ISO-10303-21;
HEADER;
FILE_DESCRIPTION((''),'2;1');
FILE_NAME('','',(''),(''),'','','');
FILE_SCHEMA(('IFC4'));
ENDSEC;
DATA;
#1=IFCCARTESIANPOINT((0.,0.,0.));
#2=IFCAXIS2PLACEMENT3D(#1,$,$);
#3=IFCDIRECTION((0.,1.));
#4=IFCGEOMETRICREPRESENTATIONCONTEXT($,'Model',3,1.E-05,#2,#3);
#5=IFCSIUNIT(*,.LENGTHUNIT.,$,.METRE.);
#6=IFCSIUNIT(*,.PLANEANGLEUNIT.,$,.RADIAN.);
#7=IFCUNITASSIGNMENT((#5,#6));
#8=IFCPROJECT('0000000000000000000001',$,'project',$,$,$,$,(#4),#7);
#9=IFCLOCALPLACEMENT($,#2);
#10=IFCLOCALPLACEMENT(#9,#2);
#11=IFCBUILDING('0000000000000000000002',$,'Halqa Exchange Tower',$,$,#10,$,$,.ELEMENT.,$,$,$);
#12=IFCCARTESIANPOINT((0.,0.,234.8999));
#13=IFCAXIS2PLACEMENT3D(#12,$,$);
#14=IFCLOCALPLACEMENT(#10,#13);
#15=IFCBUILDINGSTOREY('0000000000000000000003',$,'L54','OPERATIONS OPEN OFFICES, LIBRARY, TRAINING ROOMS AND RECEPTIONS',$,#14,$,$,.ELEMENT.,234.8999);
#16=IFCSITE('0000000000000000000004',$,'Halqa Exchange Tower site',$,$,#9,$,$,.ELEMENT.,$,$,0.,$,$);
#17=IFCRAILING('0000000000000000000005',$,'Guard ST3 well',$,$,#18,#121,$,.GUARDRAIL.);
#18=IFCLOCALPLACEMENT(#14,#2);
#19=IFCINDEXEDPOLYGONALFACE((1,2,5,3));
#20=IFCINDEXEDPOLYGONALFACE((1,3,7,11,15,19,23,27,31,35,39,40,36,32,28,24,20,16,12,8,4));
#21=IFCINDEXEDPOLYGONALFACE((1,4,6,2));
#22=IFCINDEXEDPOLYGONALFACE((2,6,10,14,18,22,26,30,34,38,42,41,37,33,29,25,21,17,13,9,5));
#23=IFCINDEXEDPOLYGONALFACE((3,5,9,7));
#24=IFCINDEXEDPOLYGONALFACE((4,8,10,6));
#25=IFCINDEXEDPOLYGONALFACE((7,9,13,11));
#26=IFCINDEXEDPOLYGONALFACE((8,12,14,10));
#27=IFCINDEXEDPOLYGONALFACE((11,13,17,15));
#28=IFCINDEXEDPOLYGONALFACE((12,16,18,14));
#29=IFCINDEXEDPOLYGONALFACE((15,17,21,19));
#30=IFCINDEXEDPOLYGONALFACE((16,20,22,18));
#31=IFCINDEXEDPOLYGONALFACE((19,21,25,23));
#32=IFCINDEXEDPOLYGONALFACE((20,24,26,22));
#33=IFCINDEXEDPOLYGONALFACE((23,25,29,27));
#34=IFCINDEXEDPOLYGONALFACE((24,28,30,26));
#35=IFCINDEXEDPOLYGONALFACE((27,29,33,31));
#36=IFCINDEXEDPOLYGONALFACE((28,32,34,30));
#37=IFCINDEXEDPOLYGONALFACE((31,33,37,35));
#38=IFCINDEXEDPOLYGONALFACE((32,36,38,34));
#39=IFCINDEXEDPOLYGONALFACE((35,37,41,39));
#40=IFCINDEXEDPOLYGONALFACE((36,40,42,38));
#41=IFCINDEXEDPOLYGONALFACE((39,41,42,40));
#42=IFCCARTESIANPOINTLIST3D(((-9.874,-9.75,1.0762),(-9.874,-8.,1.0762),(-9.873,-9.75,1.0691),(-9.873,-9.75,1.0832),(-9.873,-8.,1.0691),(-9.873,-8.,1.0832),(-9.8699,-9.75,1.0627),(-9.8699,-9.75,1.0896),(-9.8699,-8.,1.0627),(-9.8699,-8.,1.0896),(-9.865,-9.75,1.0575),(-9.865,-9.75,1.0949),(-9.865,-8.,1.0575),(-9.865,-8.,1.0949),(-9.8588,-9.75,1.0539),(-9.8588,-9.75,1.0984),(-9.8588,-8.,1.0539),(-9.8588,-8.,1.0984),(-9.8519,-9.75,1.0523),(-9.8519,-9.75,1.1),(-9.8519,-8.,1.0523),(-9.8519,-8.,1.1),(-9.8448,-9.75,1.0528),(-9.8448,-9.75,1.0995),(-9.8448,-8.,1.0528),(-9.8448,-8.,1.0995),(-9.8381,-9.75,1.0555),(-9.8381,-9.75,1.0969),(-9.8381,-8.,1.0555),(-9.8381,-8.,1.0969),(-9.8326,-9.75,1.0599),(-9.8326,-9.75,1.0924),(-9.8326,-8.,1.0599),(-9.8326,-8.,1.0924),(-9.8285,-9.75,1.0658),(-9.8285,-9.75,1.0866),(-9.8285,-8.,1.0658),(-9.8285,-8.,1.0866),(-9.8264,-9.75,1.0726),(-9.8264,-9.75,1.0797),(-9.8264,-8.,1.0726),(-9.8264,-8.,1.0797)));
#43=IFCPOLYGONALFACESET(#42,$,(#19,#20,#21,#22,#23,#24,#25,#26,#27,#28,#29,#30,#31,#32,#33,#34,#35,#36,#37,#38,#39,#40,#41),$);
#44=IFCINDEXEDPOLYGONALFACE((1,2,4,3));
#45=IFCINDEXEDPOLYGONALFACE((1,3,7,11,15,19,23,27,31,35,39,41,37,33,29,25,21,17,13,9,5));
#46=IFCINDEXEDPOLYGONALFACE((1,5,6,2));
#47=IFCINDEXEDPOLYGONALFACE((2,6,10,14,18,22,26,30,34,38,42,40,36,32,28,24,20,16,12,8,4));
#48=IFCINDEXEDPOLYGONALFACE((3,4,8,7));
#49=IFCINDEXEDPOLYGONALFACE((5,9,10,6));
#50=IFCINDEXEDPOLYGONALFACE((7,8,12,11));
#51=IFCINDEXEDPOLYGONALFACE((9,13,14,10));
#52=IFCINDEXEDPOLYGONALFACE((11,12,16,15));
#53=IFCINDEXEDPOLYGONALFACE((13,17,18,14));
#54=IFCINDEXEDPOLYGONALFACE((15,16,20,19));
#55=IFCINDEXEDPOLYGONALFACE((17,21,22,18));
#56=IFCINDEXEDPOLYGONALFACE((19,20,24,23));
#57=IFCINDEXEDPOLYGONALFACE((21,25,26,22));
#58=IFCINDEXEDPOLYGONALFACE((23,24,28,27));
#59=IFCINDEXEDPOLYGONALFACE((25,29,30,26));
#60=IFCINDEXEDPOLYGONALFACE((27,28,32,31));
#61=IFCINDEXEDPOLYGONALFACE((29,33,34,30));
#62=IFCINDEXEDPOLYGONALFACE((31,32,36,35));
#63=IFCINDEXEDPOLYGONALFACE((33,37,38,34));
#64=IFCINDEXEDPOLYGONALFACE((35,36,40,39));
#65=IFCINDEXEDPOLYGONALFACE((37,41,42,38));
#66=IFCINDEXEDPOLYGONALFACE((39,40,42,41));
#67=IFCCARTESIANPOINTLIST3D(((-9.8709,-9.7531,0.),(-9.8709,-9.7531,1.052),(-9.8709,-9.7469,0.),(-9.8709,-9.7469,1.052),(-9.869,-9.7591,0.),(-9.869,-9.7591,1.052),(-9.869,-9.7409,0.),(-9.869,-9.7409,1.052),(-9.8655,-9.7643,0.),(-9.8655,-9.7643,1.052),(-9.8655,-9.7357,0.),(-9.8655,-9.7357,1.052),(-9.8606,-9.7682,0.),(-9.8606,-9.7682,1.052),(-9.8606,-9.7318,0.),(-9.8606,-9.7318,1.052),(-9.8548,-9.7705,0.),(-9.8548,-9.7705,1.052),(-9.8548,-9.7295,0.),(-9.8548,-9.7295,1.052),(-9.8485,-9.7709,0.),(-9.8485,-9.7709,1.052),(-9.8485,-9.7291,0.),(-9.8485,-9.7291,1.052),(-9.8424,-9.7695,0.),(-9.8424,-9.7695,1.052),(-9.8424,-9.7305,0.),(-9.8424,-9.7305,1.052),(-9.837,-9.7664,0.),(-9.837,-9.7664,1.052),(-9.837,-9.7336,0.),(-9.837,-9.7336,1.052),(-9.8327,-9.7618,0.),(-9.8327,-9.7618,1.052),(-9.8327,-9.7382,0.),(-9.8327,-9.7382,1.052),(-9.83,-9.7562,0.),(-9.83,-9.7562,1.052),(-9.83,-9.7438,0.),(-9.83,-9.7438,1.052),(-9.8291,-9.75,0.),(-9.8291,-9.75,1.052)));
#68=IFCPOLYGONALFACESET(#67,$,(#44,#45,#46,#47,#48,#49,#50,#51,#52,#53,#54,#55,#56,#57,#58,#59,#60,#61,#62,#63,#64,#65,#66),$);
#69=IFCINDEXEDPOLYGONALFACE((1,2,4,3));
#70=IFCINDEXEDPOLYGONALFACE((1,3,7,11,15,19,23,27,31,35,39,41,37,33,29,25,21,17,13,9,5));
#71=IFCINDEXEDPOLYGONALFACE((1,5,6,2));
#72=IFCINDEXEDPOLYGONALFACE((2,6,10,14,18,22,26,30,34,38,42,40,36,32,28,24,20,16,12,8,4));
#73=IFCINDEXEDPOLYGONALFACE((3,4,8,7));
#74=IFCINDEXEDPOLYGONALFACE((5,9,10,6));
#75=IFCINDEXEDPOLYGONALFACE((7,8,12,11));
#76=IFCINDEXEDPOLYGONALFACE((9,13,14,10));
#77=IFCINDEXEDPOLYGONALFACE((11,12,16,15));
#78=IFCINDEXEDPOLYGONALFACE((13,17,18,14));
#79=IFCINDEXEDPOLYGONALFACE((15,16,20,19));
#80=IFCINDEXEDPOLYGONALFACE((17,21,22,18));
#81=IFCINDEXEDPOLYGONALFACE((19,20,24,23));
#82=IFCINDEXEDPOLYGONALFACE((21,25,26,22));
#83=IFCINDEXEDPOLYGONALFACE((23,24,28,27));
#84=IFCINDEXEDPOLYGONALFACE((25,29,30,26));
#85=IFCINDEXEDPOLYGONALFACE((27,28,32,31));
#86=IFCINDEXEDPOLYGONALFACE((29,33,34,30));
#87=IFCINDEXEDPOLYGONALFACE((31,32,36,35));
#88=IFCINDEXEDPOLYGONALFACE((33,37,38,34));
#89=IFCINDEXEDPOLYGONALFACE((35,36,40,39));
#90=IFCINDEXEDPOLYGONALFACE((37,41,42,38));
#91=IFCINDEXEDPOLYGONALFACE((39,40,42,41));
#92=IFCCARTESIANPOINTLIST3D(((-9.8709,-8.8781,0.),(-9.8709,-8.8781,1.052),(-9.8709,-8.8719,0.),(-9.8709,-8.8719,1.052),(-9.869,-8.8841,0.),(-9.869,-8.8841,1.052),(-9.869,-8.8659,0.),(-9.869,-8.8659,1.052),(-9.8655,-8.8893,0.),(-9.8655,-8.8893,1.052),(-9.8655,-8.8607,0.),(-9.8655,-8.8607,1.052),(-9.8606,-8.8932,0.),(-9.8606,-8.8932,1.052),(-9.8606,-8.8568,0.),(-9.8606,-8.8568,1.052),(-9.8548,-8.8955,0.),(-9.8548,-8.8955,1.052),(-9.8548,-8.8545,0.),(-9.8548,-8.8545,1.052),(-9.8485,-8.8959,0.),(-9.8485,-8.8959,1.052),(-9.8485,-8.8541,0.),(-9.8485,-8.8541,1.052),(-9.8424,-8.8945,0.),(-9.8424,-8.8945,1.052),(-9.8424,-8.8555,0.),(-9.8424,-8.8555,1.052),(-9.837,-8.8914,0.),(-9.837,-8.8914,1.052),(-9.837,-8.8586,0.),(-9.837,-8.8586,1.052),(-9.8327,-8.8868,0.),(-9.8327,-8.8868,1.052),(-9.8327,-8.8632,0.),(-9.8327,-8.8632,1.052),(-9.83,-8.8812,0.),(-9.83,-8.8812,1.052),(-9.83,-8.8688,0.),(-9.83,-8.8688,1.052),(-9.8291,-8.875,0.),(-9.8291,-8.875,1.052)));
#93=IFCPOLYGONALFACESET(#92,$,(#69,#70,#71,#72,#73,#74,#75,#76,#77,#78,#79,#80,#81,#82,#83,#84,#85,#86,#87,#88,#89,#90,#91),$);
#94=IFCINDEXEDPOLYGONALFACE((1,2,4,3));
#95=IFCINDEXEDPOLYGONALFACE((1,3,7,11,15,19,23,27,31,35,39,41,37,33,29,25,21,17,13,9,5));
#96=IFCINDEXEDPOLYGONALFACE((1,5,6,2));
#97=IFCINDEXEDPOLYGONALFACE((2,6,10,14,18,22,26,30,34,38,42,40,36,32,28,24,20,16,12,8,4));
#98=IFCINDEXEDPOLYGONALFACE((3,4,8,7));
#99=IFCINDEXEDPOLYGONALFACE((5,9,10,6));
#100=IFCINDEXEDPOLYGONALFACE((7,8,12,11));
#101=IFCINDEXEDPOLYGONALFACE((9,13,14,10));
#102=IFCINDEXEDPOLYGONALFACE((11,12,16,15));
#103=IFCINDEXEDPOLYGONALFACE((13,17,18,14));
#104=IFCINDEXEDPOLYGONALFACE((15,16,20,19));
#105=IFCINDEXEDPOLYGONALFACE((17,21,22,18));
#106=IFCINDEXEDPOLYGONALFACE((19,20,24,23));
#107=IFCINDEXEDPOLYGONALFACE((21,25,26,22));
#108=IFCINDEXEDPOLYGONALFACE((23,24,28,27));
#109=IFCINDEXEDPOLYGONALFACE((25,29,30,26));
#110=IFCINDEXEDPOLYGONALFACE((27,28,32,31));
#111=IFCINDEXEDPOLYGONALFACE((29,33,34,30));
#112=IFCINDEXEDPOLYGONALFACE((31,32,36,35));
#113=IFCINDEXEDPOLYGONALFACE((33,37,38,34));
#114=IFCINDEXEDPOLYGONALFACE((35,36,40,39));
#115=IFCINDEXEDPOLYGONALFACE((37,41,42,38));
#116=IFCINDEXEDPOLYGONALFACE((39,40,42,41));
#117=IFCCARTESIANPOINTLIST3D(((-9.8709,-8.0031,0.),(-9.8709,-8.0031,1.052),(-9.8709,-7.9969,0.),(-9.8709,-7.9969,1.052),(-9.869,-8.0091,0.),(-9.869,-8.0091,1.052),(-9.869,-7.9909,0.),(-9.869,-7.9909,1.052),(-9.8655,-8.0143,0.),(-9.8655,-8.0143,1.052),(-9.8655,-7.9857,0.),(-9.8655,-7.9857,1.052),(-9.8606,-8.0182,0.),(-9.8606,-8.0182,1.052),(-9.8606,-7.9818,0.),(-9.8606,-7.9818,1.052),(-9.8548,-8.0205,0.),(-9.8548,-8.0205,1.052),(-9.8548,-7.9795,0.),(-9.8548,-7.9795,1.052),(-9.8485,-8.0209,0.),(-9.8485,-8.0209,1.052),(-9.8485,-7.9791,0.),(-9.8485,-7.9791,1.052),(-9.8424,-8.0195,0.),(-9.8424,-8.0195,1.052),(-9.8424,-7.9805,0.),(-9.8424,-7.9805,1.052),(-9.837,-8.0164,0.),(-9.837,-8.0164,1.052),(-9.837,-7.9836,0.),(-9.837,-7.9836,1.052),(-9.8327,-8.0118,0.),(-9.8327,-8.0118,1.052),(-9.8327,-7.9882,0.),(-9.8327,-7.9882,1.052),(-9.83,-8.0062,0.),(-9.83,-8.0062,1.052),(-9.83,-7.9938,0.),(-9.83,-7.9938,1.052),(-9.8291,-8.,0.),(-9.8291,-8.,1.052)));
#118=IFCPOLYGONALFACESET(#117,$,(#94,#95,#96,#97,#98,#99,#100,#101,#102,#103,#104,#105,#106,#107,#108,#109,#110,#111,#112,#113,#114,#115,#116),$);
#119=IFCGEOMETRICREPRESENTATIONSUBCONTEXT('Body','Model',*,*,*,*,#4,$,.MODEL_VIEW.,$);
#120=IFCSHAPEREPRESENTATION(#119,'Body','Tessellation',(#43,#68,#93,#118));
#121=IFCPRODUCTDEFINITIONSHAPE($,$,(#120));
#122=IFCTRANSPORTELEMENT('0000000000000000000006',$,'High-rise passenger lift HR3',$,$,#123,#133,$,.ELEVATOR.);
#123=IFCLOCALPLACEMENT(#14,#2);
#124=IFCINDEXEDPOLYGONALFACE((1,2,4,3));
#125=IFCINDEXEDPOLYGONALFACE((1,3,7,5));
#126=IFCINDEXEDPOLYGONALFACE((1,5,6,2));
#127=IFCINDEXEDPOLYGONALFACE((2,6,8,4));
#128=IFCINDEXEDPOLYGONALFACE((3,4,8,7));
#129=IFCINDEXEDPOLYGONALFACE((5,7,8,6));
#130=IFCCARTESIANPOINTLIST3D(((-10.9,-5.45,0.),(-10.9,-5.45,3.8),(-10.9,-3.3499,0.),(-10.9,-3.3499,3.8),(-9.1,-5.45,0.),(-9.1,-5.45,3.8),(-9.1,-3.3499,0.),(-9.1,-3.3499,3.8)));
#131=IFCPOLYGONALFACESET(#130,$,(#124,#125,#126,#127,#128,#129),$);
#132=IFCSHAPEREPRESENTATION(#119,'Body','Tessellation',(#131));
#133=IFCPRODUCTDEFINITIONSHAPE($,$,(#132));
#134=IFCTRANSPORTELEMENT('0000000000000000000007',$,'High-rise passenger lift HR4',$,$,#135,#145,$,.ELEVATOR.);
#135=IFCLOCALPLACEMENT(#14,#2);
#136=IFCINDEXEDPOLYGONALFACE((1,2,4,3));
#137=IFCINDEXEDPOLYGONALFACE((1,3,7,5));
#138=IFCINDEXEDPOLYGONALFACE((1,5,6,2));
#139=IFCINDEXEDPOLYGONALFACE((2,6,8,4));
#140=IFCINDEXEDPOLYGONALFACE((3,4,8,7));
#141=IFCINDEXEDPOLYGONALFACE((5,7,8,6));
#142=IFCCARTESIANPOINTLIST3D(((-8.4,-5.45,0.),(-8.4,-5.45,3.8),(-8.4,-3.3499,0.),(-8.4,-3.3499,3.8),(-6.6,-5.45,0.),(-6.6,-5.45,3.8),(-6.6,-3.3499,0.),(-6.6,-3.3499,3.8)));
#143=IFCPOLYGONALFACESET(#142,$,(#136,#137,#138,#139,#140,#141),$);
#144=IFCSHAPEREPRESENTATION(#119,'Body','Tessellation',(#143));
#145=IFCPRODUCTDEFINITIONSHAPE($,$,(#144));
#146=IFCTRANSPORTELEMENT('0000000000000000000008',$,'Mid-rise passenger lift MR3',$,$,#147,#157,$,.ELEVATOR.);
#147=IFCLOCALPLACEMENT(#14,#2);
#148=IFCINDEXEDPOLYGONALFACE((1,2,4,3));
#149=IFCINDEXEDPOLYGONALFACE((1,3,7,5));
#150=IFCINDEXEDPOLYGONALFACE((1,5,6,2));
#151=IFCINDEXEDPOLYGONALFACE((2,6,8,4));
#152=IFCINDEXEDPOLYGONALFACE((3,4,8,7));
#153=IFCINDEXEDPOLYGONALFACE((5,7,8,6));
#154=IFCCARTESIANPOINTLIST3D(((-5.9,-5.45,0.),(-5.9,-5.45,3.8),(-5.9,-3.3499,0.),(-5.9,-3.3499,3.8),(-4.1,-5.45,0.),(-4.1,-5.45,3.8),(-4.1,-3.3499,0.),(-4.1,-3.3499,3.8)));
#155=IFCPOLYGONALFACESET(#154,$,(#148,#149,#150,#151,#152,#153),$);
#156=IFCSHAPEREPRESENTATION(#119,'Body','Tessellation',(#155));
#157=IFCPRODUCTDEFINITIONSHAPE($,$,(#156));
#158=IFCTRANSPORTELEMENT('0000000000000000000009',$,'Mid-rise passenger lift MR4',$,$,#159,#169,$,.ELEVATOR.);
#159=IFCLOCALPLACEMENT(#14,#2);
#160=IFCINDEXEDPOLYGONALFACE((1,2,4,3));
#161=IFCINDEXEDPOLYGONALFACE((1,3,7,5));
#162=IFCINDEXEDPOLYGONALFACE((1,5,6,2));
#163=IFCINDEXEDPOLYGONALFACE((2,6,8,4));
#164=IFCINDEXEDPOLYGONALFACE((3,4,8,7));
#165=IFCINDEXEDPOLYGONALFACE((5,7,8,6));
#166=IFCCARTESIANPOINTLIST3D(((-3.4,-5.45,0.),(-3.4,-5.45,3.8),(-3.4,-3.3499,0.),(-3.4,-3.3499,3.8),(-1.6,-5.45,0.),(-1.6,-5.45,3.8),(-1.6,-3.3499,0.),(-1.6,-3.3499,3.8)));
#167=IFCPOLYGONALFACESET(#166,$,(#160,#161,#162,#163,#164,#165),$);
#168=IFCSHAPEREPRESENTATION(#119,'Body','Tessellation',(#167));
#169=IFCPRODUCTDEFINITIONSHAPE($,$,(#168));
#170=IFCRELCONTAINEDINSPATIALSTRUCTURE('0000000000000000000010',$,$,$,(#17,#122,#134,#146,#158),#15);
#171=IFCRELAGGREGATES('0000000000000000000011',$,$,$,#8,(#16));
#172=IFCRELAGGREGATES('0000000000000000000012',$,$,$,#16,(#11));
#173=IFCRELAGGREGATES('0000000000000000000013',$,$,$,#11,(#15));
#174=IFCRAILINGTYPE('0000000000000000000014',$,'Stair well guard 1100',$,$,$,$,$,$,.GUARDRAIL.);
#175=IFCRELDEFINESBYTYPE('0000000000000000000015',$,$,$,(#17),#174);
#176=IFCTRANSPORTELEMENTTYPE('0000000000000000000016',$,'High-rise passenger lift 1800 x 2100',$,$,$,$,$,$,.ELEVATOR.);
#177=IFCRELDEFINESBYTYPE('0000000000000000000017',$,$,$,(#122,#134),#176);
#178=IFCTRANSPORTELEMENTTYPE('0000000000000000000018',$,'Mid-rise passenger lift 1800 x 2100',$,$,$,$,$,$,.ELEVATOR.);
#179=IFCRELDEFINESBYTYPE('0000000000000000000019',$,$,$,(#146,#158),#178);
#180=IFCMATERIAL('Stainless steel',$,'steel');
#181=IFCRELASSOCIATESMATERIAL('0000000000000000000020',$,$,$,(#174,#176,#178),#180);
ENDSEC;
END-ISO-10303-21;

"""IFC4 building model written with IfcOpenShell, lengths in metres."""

from ifc_helpers import new_model, si_unit, direction, frame, origin, origin_2d, place, context, subcontext, project, spatial, rectangle, circle, extrude, material, type_object, element, save


model = new_model("IFC4")

# Units and contexts
model_context = context("Model", 3, precision=1e-05, world=origin(), true_north=direction((0.0, 1.0)))
body_context = subcontext(model_context, "Body", "Model", "MODEL_VIEW")
ifc_project = project(units=[si_unit("LENGTHUNIT", "METRE"), si_unit("PLANEANGLEUNIT", "RADIAN")], contexts=[model_context])

# Site, building, storey
site_placement = place(None, origin())
site = spatial("IfcSite", under=ifc_project, at=site_placement, Name="Halqa Exchange Tower site", CompositionType="ELEMENT", RefElevation=0.0)
building_placement = place(site_placement, origin())
building = spatial("IfcBuilding", under=site, at=building_placement, Name="Halqa Exchange Tower", CompositionType="ELEMENT")
storey_placement = place(building_placement, frame((0.0, 0.0, 234.8999)))
storey = spatial("IfcBuildingStorey", under=building, at=storey_placement, Name="L54", Description="OPERATIONS OPEN OFFICES, LIBRARY, TRAINING ROOMS AND RECEPTIONS", CompositionType="ELEMENT", Elevation=234.8999)

# Shared definitions
ifc_material_1 = material(Name="Stainless steel", Category="steel")

# Railing
railing_type_1 = type_object("IfcRailingType", Name="Stair well guard 1100", PredefinedType="GUARDRAIL", material=ifc_material_1)
railing_1_placement = place(storey_placement, frame((-9.8501, -9.75, 0.0)))
element("IfcRailing", 1, at=railing_1_placement, inside=storey, type_object=railing_type_1, Name="Guard ST3 well", PredefinedType="GUARDRAIL", context=body_context, shape_type="SweptSolid", body=[
    extrude(circle(Radius=0.0239, at=origin_2d()), frame((0.0, 0.0, 1.0762), z_axis=(0.0, 1.0, 0.0), x_axis=(-1.0, 0.0, 0.0)), (0.0, 0.0, 1.0), 1.75),
    extrude(circle(Radius=0.021, at=origin_2d()), origin(), (0.0, 0.0, 1.0), 1.052),
    extrude(circle(Radius=0.021, at=origin_2d()), frame((0.0, 0.875, 0.0)), (0.0, 0.0, 1.0), 1.052),
    extrude(circle(Radius=0.021, at=origin_2d()), frame((0.0, 1.75, 0.0)), (0.0, 0.0, 1.0), 1.052),
])

# Transport elements
transport_element_type_1 = type_object("IfcTransportElementType", Name="High-rise passenger lift 1800 x 2100", PredefinedType="ELEVATOR", material=ifc_material_1)
for number, where, z_axis, x_axis, name in (
    (2, (-10.0, -4.3999, 0.0), (0.0, 0.0, 1.0), (1.0, 0.0, 0.0), "High-rise passenger lift HR3"),
    (3, (-7.5, -4.3999, 0.0), (0.0, 0.0, 1.0), (1.0, 0.0, 0.0), "High-rise passenger lift HR4"),
):
    element("IfcTransportElement", number, at=place(storey_placement, frame(where, z_axis=z_axis, x_axis=x_axis)), inside=storey, type_object=transport_element_type_1, Name=name, PredefinedType="ELEVATOR", context=body_context, shape_type="SweptSolid", body=[
        extrude(rectangle(XDim=1.8, YDim=2.1001, at=origin_2d()), origin(), (0.0, 0.0, 1.0), 3.8),
    ])
transport_element_type_2 = type_object("IfcTransportElementType", Name="Mid-rise passenger lift 1800 x 2100", PredefinedType="ELEVATOR", material=ifc_material_1)
for number, where, z_axis, x_axis, name in (
    (4, (-5.0, -4.3999, 0.0), (0.0, 0.0, 1.0), (1.0, 0.0, 0.0), "Mid-rise passenger lift MR3"),
    (5, (-2.5, -4.3999, 0.0), (0.0, 0.0, 1.0), (1.0, 0.0, 0.0), "Mid-rise passenger lift MR4"),
):
    element("IfcTransportElement", number, at=place(storey_placement, frame(where, z_axis=z_axis, x_axis=x_axis)), inside=storey, type_object=transport_element_type_2, Name=name, PredefinedType="ELEVATOR", context=body_context, shape_type="SweptSolid", body=[
        extrude(rectangle(XDim=1.8, YDim=2.1001, at=origin_2d()), origin(), (0.0, 0.0, 1.0), 3.8),
    ])

save(model, "model.ifc")
